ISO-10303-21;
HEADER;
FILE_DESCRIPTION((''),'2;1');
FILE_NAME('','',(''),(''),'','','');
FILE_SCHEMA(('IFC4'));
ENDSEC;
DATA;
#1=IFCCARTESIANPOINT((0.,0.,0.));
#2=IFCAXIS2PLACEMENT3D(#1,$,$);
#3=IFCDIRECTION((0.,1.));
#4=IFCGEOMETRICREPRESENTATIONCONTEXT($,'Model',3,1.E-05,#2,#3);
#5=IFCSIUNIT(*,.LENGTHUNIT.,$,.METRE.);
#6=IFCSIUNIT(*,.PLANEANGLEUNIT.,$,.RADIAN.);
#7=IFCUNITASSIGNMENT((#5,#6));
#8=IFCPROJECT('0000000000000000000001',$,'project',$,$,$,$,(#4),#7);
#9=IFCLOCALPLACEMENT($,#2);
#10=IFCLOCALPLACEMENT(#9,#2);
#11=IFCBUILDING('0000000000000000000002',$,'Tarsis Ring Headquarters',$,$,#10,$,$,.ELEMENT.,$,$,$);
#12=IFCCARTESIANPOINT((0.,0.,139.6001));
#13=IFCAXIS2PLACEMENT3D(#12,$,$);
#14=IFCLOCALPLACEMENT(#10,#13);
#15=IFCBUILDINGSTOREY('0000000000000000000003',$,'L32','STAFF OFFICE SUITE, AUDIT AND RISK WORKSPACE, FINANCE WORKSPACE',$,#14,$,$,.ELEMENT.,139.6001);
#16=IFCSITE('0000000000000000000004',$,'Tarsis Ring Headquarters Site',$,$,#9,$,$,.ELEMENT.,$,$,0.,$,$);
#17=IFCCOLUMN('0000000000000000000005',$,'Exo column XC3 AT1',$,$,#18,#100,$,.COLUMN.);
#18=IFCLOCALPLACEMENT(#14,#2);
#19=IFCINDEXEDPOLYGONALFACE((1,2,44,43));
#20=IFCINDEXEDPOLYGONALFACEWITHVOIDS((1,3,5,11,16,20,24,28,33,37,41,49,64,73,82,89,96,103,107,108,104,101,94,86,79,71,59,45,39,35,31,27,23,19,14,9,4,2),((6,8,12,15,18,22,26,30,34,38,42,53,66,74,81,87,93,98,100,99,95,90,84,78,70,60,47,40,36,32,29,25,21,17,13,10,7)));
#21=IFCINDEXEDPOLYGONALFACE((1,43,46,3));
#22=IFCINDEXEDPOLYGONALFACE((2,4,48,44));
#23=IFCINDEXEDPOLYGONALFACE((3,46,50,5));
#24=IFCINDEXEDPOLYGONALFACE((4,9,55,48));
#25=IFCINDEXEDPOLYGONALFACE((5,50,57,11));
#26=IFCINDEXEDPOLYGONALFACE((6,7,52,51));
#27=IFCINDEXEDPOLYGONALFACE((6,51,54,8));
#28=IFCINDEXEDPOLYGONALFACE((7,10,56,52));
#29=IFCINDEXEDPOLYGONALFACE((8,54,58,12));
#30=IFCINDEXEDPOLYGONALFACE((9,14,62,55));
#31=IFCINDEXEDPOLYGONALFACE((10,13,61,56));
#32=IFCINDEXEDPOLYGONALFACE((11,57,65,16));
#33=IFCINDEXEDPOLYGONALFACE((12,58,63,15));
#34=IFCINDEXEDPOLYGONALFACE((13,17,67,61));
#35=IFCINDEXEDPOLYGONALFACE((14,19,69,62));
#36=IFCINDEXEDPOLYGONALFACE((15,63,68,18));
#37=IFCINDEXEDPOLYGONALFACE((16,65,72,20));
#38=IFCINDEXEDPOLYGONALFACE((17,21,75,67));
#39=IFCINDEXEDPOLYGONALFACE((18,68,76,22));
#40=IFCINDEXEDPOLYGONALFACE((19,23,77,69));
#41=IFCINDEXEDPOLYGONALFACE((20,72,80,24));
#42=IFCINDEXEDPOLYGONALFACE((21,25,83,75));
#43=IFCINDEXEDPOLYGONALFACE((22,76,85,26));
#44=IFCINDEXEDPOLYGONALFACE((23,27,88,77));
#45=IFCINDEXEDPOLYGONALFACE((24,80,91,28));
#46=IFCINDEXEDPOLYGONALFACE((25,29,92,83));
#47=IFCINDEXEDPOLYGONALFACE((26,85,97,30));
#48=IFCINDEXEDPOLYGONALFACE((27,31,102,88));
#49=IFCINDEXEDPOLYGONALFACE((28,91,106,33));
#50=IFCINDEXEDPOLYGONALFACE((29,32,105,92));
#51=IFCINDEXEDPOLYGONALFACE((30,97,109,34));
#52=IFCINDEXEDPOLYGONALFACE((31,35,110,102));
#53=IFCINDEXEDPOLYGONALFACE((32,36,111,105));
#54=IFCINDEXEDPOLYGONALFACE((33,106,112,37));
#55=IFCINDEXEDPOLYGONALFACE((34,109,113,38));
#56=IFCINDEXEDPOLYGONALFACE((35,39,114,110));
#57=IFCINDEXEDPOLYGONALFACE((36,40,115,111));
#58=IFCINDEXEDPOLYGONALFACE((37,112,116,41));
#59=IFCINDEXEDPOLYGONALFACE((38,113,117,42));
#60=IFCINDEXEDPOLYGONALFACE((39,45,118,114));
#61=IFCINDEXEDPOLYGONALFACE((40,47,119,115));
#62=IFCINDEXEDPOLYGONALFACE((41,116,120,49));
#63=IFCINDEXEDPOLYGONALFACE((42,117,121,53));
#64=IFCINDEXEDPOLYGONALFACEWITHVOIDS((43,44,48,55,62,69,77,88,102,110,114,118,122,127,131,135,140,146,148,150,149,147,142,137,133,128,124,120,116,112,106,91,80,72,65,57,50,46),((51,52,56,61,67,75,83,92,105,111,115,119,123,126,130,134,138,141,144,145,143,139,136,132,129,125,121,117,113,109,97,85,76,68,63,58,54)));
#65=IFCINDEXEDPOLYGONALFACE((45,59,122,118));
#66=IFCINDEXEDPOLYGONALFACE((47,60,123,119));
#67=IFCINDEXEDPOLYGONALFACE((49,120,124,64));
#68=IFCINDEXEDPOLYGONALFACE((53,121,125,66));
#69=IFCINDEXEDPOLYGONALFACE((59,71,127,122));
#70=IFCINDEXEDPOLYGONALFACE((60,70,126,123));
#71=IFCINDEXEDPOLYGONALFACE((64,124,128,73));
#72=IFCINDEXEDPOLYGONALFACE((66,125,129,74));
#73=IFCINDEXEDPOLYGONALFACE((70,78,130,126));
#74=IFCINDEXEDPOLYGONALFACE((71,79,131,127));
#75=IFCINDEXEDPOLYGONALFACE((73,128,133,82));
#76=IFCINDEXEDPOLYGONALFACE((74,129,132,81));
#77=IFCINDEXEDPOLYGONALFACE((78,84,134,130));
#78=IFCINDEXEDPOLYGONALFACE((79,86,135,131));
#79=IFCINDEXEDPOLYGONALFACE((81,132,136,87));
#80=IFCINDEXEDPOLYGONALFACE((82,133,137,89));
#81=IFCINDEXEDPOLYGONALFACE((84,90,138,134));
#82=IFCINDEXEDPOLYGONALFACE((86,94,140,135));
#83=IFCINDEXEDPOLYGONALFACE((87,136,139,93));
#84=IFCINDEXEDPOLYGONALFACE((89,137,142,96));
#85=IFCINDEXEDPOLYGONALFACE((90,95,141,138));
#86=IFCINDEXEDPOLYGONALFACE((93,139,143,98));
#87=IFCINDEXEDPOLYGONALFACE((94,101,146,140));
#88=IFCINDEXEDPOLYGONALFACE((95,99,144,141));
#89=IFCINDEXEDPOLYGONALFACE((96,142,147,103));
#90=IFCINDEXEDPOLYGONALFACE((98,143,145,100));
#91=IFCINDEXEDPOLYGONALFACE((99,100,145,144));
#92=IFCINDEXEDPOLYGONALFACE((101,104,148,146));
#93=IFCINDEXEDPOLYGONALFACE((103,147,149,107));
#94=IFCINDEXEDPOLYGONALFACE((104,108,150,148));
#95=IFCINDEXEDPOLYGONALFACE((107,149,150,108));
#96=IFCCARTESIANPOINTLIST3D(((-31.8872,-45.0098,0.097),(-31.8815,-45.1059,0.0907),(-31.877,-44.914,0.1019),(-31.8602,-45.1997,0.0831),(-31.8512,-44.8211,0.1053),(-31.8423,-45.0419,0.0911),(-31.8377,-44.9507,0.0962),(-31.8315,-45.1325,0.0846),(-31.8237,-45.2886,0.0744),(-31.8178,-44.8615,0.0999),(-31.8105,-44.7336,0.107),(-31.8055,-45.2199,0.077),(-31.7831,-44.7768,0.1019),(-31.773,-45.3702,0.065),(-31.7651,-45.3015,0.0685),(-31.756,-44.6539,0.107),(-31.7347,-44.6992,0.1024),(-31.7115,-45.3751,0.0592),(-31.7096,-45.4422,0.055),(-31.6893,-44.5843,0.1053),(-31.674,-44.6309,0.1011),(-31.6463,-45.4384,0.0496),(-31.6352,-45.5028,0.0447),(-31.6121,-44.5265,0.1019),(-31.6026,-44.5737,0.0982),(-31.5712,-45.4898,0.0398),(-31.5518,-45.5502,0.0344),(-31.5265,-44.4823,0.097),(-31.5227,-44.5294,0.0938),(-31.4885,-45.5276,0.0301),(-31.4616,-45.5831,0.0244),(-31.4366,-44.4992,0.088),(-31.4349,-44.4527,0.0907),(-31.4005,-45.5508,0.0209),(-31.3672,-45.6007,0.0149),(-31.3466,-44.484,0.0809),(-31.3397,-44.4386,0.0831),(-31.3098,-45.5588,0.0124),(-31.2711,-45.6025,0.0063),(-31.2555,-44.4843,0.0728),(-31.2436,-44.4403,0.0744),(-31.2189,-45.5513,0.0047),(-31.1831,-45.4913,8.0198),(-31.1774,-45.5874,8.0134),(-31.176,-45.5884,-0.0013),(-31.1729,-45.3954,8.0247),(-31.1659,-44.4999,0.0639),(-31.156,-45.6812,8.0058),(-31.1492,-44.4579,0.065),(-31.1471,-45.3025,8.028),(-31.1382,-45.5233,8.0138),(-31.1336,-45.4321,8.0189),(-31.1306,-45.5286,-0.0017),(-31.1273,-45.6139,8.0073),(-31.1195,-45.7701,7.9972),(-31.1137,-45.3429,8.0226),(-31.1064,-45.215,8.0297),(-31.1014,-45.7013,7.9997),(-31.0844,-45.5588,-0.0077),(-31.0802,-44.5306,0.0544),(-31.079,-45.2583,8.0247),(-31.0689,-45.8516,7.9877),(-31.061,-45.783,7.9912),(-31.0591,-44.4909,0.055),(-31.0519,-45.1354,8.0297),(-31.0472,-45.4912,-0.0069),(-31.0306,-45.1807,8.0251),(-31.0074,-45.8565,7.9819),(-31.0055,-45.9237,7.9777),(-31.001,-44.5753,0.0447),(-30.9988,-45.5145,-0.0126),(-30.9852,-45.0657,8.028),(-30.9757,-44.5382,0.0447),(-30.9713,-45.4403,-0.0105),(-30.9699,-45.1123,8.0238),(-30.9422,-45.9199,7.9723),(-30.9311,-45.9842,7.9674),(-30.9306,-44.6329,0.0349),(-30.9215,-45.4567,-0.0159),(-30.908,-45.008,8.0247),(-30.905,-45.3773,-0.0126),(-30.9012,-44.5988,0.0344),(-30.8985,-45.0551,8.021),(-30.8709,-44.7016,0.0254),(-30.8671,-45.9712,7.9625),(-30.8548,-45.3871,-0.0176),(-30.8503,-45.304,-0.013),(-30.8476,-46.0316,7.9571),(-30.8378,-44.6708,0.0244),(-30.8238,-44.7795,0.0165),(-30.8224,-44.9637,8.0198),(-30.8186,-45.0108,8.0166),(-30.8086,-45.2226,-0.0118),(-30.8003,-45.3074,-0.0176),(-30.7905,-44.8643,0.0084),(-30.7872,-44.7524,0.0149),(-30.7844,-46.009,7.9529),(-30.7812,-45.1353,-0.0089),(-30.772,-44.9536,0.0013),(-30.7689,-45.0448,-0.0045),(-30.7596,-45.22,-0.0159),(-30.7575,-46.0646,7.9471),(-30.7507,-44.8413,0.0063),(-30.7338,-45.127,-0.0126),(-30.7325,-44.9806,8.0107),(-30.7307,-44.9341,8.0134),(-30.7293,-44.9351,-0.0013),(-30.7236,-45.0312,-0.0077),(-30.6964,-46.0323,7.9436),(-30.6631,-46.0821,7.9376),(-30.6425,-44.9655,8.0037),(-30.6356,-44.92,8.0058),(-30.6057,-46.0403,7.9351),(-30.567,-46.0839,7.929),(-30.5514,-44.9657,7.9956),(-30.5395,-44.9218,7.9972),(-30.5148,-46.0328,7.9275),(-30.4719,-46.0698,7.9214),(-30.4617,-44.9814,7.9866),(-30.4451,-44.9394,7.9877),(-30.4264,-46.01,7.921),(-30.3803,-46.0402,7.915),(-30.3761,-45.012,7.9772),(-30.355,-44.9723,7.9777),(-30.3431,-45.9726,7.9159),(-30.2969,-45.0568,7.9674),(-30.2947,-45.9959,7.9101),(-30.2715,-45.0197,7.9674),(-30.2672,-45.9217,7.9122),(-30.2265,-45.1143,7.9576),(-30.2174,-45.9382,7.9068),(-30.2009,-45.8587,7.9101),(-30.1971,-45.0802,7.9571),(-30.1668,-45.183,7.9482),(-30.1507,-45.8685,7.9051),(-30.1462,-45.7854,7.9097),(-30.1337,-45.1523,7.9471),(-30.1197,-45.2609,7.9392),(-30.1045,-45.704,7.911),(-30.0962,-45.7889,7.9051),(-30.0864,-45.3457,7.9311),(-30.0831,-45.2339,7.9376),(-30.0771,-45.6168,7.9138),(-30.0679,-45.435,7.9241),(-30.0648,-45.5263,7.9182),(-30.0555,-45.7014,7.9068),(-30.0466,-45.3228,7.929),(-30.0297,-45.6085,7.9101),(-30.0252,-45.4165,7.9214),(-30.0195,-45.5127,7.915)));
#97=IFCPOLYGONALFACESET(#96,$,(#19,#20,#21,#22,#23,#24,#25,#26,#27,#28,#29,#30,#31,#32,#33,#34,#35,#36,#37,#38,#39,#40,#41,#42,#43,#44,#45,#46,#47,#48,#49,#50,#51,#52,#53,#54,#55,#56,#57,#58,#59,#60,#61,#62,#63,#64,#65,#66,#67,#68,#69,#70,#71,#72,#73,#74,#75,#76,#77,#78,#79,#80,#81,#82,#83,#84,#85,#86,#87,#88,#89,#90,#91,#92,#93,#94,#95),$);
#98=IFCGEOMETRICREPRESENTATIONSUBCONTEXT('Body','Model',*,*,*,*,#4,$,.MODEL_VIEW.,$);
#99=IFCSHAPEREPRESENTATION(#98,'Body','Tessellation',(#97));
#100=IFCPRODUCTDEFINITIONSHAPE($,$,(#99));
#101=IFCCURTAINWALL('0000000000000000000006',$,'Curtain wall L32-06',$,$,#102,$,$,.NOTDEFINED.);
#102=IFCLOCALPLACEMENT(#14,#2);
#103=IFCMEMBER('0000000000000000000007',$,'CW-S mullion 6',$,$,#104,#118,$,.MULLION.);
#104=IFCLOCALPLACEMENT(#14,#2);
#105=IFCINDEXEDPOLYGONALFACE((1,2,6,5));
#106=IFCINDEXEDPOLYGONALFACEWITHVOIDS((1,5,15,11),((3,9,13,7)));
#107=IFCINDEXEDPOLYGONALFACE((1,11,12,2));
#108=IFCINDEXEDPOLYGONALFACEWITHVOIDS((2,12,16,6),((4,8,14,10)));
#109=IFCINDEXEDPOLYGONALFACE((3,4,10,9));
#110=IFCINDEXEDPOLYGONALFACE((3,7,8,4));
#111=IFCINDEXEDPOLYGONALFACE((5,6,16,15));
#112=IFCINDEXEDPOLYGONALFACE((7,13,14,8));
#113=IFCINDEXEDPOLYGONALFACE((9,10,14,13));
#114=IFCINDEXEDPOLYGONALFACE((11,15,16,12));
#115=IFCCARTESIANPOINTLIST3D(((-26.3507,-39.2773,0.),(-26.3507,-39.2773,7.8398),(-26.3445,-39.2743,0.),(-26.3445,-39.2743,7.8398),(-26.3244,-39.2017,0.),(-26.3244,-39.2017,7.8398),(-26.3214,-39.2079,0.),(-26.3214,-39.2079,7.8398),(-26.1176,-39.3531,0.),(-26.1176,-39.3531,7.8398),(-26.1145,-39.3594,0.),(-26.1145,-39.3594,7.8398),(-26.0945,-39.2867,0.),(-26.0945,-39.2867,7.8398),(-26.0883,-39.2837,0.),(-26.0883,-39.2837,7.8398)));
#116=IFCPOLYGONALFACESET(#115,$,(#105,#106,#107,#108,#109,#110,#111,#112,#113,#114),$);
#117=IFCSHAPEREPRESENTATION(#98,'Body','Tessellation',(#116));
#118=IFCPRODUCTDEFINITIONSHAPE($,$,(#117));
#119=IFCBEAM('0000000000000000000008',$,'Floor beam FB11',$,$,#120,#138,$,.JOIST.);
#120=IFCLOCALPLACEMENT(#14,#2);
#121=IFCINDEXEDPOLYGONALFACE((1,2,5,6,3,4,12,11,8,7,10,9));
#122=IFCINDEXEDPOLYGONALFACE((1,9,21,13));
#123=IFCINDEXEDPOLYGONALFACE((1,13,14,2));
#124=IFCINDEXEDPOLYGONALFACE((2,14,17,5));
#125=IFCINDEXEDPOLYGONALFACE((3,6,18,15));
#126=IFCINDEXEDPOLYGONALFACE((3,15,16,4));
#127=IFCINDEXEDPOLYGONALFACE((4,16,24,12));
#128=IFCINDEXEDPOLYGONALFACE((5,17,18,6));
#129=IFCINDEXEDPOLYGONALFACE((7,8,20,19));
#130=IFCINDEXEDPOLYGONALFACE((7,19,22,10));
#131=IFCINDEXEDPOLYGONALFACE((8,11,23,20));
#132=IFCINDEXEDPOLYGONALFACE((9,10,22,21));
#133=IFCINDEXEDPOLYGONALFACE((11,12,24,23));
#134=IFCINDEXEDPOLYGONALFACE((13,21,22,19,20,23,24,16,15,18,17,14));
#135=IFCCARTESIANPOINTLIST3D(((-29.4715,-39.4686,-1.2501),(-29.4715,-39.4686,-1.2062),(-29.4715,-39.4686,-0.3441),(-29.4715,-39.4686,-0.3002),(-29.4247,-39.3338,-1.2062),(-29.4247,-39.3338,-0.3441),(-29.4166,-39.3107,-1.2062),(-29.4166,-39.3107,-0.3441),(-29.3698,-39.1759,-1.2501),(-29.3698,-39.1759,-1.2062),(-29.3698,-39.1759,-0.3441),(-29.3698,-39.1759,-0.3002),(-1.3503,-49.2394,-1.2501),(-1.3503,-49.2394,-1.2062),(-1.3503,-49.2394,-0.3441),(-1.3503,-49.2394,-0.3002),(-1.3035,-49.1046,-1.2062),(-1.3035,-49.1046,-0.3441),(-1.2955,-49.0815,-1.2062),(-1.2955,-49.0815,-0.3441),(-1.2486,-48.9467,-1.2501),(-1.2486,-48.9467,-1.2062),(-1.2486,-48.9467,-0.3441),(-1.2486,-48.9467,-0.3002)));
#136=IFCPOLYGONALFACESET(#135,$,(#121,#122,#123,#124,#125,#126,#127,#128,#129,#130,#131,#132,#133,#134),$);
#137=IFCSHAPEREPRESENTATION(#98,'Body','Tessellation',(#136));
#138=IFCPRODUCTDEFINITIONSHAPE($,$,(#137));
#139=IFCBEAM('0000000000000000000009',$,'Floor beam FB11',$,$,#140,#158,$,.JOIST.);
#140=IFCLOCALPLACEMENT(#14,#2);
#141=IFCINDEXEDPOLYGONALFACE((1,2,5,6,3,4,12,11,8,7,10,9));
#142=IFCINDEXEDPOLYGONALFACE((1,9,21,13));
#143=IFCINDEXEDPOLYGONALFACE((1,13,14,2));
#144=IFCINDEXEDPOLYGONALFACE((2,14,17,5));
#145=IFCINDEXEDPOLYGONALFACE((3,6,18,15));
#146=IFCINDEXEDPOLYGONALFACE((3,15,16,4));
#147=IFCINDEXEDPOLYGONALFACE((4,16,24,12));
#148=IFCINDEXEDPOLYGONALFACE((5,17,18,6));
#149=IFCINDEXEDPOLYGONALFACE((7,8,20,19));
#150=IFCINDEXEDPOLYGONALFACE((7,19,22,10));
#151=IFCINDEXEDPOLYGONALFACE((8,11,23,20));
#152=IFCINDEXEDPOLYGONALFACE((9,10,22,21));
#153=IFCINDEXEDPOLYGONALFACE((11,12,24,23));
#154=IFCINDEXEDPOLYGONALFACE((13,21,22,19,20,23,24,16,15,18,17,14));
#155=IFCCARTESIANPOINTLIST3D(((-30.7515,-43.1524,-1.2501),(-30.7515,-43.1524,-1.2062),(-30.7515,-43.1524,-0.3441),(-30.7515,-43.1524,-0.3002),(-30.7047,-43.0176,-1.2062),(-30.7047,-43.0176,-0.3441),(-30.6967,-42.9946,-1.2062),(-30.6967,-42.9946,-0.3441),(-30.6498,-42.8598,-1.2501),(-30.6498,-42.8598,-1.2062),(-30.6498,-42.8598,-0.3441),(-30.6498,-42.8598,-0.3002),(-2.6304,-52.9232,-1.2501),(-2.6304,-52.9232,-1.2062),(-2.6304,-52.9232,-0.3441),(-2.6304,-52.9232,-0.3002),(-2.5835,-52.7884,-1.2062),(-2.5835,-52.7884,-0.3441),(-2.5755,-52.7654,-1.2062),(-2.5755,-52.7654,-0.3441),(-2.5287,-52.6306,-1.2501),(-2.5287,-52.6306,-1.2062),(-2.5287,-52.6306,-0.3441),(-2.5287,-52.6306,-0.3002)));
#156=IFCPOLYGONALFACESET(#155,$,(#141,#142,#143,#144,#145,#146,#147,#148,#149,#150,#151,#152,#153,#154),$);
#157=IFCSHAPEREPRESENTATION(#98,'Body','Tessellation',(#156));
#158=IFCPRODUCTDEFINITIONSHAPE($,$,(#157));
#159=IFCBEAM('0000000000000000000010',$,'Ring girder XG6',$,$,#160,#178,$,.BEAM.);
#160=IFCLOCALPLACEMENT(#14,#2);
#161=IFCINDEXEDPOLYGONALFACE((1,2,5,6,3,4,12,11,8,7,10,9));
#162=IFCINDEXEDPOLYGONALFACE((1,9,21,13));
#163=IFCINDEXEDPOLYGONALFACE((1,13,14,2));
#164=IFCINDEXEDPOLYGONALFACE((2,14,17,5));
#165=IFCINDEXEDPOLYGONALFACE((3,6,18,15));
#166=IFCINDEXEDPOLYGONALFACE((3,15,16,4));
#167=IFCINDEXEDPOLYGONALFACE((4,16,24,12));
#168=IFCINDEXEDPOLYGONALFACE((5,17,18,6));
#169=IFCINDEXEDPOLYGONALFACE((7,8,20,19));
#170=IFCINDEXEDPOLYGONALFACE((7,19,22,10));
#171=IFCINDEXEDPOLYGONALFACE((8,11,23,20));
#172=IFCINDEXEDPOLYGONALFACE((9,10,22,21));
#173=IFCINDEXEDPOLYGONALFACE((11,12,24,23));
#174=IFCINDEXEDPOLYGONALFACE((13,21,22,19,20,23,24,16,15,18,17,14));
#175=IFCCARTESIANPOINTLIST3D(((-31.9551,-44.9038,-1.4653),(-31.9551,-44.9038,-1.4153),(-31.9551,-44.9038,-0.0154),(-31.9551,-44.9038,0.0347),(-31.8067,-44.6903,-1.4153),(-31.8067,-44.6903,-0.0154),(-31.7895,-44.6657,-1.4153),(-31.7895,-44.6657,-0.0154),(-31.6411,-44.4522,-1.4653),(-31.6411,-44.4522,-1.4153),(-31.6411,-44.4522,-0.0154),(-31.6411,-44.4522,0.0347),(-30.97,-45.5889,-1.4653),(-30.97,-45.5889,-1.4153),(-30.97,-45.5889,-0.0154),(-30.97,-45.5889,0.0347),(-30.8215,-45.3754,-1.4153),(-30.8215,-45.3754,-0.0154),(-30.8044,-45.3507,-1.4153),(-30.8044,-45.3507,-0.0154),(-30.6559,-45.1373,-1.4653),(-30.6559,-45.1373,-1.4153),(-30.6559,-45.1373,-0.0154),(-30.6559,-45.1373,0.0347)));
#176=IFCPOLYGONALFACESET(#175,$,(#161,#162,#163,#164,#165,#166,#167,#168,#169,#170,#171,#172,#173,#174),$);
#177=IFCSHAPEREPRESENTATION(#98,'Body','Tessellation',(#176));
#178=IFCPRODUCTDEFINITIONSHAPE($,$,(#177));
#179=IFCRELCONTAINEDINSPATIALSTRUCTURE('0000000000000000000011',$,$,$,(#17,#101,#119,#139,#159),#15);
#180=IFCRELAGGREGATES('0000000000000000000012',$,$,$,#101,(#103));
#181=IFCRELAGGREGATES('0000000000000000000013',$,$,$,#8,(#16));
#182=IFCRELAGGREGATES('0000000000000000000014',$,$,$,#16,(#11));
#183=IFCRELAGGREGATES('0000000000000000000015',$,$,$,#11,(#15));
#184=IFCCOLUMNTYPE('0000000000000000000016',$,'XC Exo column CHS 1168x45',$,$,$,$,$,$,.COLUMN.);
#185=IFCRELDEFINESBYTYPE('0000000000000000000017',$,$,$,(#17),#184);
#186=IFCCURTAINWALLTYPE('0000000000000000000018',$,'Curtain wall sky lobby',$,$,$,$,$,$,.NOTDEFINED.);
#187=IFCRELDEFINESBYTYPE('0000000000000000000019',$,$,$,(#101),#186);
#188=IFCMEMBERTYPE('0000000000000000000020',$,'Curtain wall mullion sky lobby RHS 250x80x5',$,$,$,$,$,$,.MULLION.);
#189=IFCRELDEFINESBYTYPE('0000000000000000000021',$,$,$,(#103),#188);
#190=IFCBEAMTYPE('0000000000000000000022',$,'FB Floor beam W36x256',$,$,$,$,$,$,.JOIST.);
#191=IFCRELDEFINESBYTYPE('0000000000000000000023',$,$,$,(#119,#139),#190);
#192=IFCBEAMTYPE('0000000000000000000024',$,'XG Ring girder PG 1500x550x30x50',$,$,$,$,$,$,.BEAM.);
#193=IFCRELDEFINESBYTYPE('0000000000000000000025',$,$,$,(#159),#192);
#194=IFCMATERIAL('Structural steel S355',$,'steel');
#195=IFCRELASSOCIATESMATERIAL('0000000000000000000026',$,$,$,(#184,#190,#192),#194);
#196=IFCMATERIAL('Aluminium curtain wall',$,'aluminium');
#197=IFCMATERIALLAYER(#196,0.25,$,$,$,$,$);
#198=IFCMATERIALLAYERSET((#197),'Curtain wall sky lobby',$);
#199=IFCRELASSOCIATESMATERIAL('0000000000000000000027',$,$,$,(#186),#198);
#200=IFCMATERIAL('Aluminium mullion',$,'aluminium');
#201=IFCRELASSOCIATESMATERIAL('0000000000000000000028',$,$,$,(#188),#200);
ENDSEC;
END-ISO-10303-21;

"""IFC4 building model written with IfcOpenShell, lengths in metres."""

from ifc_helpers import new_model, si_unit, direction, frame, origin, origin_2d, place, context, subcontext, project, spatial, hollow_rectangle, hollow_circle, i_section, extrude, material, layer, layer_set, material_profile, profile_set, type_object, element, aggregate, save


model = new_model("IFC4")

# Units and contexts
model_context = context("Model", 3, precision=1e-05, world=origin(), true_north=direction((0.0, 1.0)))
body_context = subcontext(model_context, "Body", "Model", "MODEL_VIEW")
ifc_project = project(units=[si_unit("LENGTHUNIT", "METRE"), si_unit("PLANEANGLEUNIT", "RADIAN")], contexts=[model_context])

# Site, building, storey
site_placement = place(None, origin())
site = spatial("IfcSite", under=ifc_project, at=site_placement, Name="Tarsis Ring Headquarters Site", CompositionType="ELEMENT", RefElevation=0.0)
building_placement = place(site_placement, origin())
building = spatial("IfcBuilding", under=site, at=building_placement, Name="Tarsis Ring Headquarters", CompositionType="ELEMENT")
storey_placement = place(building_placement, frame((0.0, 0.0, 139.6001)))
storey = spatial("IfcBuildingStorey", under=building, at=storey_placement, Name="L32", Description="STAFF OFFICE SUITE, AUDIT AND RISK WORKSPACE, FINANCE WORKSPACE", CompositionType="ELEMENT", Elevation=139.6001)

# Column
ifc_material_1 = material(Name="Structural steel S355", Category="steel")
ifc_material_profile_1 = material_profile(ifc_material_1, hollow_circle(Radius=0.5842, WallThickness=0.0449, at=origin_2d()), Name="CHS 1168x45")
ifc_profile_set_1 = profile_set([ifc_material_profile_1], Name="Structural steel S355")
column_type = type_object("IfcColumnType", Name="XC Exo column CHS 1168x45", PredefinedType="COLUMN", material=ifc_profile_set_1)
column_placement = place(storey_placement, frame((-31.3054, -45.0205, 0.0447), z_axis=(0.088362, -0.060419, 0.994254), x_axis=(0.564438, 0.825476, 0.0)))
element("IfcColumn", 1, at=column_placement, inside=storey, type_object=column_type, Name="Exo column XC3 AT1", PredefinedType="COLUMN", context=body_context, shape_type="SweptSolid", body=[
    extrude(hollow_circle(Radius=0.5842, WallThickness=0.0449, at=origin_2d()), origin(), (0.0, 0.0, 1.0), 7.9685),
])

# Curtain wall, member
ifc_material_2 = material(Name="Aluminium curtain wall", Category="aluminium")
ifc_layer_1 = layer(ifc_material_2, 0.25)
ifc_layer_set_1 = layer_set([ifc_layer_1], Name="Curtain wall sky lobby")
curtain_wall_type = type_object("IfcCurtainWallType", Name="Curtain wall sky lobby", PredefinedType="NOTDEFINED", material=ifc_layer_set_1)
curtain_wall_placement = place(storey_placement, origin())
curtain_wall = element("IfcCurtainWall", 2, at=curtain_wall_placement, inside=storey, type_object=curtain_wall_type, Name="Curtain wall L32-06", PredefinedType="NOTDEFINED")
ifc_material_3 = material(Name="Aluminium mullion", Category="aluminium")
ifc_material_profile_2 = material_profile(ifc_material_3, hollow_rectangle(XDim=0.25, YDim=0.0801, WallThickness=0.0049, at=origin_2d()), Name="RHS 250x80x5")
ifc_profile_set_2 = profile_set([ifc_material_profile_2], Name="Aluminium mullion")
member_type = type_object("IfcMemberType", Name="Curtain wall mullion sky lobby RHS 250x80x5", PredefinedType="MULLION", material=ifc_profile_set_2)
member_placement = place(storey_placement, frame((-26.2195, -39.2805, 0.0), z_axis=(0.0, 0.0, 1.0), x_axis=(0.944606, -0.328207, 0.0)))
member = element("IfcMember", 3, at=member_placement, type_object=member_type, Name="CW-S mullion 6", PredefinedType="MULLION", context=body_context, shape_type="SweptSolid", body=[
    extrude(hollow_rectangle(XDim=0.25, YDim=0.0801, WallThickness=0.0049, at=origin_2d()), origin(), (0.0, 0.0, 1.0), 7.8398),
])

# Beams
ifc_material_profile_3 = material_profile(ifc_material_1, i_section(OverallWidth=0.3098, OverallDepth=0.95, WebThickness=0.0244, FlangeThickness=0.0439, at=origin_2d()), Name="W36x256")
ifc_profile_set_3 = profile_set([ifc_material_profile_3], Name="Structural steel S355")
beam_type_1 = type_object("IfcBeamType", Name="FB Floor beam W36x256", PredefinedType="JOIST", material=ifc_profile_set_3)
for number, where, z_axis, x_axis, name in (
    (4, (-29.4207, -39.3223, -0.7751), (0.944606, -0.328206, 0.0), (0.328206, 0.944606, 0.0), "Floor beam FB11"),
    (5, (-30.7007, -43.0061, -0.7751), (0.944606, -0.328206, 0.0), (0.328206, 0.944606, 0.0), "Floor beam FB11"),
):
    element("IfcBeam", number, at=place(storey_placement, frame(where, z_axis=z_axis, x_axis=x_axis)), inside=storey, type_object=beam_type_1, Name=name, PredefinedType="JOIST", context=body_context, shape_type="SweptSolid", body=[
        extrude(i_section(OverallWidth=0.3098, OverallDepth=0.95, WebThickness=0.0244, FlangeThickness=0.0439, at=origin_2d()), origin(), (0.0, 0.0, 1.0), 29.7703),
    ])
ifc_material_profile_4 = material_profile(ifc_material_1, i_section(OverallWidth=0.55, OverallDepth=1.5, WebThickness=0.03, FlangeThickness=0.05, at=origin_2d()), Name="PG 1500x550x30x50")
ifc_profile_set_4 = profile_set([ifc_material_profile_4], Name="Structural steel S355")
beam_type_2 = type_object("IfcBeamType", Name="XG Ring girder PG 1500x550x30x50", PredefinedType="BEAM", material=ifc_profile_set_4)
beam_1_placement = place(storey_placement, frame((-31.7981, -44.678, -0.7153), z_axis=(0.820996, -0.570933, 0.0), x_axis=(0.570933, 0.820996, 0.0)))
element("IfcBeam", 6, at=beam_1_placement, inside=storey, type_object=beam_type_2, Name="Ring girder XG6", PredefinedType="BEAM", context=body_context, shape_type="SweptSolid", body=[
    extrude(i_section(OverallWidth=0.55, OverallDepth=1.5, WebThickness=0.03, FlangeThickness=0.05, at=origin_2d()), origin(), (0.0, 0.0, 1.0), 1.2),
])

aggregate(curtain_wall, [member])

save(model, "model.ifc")
